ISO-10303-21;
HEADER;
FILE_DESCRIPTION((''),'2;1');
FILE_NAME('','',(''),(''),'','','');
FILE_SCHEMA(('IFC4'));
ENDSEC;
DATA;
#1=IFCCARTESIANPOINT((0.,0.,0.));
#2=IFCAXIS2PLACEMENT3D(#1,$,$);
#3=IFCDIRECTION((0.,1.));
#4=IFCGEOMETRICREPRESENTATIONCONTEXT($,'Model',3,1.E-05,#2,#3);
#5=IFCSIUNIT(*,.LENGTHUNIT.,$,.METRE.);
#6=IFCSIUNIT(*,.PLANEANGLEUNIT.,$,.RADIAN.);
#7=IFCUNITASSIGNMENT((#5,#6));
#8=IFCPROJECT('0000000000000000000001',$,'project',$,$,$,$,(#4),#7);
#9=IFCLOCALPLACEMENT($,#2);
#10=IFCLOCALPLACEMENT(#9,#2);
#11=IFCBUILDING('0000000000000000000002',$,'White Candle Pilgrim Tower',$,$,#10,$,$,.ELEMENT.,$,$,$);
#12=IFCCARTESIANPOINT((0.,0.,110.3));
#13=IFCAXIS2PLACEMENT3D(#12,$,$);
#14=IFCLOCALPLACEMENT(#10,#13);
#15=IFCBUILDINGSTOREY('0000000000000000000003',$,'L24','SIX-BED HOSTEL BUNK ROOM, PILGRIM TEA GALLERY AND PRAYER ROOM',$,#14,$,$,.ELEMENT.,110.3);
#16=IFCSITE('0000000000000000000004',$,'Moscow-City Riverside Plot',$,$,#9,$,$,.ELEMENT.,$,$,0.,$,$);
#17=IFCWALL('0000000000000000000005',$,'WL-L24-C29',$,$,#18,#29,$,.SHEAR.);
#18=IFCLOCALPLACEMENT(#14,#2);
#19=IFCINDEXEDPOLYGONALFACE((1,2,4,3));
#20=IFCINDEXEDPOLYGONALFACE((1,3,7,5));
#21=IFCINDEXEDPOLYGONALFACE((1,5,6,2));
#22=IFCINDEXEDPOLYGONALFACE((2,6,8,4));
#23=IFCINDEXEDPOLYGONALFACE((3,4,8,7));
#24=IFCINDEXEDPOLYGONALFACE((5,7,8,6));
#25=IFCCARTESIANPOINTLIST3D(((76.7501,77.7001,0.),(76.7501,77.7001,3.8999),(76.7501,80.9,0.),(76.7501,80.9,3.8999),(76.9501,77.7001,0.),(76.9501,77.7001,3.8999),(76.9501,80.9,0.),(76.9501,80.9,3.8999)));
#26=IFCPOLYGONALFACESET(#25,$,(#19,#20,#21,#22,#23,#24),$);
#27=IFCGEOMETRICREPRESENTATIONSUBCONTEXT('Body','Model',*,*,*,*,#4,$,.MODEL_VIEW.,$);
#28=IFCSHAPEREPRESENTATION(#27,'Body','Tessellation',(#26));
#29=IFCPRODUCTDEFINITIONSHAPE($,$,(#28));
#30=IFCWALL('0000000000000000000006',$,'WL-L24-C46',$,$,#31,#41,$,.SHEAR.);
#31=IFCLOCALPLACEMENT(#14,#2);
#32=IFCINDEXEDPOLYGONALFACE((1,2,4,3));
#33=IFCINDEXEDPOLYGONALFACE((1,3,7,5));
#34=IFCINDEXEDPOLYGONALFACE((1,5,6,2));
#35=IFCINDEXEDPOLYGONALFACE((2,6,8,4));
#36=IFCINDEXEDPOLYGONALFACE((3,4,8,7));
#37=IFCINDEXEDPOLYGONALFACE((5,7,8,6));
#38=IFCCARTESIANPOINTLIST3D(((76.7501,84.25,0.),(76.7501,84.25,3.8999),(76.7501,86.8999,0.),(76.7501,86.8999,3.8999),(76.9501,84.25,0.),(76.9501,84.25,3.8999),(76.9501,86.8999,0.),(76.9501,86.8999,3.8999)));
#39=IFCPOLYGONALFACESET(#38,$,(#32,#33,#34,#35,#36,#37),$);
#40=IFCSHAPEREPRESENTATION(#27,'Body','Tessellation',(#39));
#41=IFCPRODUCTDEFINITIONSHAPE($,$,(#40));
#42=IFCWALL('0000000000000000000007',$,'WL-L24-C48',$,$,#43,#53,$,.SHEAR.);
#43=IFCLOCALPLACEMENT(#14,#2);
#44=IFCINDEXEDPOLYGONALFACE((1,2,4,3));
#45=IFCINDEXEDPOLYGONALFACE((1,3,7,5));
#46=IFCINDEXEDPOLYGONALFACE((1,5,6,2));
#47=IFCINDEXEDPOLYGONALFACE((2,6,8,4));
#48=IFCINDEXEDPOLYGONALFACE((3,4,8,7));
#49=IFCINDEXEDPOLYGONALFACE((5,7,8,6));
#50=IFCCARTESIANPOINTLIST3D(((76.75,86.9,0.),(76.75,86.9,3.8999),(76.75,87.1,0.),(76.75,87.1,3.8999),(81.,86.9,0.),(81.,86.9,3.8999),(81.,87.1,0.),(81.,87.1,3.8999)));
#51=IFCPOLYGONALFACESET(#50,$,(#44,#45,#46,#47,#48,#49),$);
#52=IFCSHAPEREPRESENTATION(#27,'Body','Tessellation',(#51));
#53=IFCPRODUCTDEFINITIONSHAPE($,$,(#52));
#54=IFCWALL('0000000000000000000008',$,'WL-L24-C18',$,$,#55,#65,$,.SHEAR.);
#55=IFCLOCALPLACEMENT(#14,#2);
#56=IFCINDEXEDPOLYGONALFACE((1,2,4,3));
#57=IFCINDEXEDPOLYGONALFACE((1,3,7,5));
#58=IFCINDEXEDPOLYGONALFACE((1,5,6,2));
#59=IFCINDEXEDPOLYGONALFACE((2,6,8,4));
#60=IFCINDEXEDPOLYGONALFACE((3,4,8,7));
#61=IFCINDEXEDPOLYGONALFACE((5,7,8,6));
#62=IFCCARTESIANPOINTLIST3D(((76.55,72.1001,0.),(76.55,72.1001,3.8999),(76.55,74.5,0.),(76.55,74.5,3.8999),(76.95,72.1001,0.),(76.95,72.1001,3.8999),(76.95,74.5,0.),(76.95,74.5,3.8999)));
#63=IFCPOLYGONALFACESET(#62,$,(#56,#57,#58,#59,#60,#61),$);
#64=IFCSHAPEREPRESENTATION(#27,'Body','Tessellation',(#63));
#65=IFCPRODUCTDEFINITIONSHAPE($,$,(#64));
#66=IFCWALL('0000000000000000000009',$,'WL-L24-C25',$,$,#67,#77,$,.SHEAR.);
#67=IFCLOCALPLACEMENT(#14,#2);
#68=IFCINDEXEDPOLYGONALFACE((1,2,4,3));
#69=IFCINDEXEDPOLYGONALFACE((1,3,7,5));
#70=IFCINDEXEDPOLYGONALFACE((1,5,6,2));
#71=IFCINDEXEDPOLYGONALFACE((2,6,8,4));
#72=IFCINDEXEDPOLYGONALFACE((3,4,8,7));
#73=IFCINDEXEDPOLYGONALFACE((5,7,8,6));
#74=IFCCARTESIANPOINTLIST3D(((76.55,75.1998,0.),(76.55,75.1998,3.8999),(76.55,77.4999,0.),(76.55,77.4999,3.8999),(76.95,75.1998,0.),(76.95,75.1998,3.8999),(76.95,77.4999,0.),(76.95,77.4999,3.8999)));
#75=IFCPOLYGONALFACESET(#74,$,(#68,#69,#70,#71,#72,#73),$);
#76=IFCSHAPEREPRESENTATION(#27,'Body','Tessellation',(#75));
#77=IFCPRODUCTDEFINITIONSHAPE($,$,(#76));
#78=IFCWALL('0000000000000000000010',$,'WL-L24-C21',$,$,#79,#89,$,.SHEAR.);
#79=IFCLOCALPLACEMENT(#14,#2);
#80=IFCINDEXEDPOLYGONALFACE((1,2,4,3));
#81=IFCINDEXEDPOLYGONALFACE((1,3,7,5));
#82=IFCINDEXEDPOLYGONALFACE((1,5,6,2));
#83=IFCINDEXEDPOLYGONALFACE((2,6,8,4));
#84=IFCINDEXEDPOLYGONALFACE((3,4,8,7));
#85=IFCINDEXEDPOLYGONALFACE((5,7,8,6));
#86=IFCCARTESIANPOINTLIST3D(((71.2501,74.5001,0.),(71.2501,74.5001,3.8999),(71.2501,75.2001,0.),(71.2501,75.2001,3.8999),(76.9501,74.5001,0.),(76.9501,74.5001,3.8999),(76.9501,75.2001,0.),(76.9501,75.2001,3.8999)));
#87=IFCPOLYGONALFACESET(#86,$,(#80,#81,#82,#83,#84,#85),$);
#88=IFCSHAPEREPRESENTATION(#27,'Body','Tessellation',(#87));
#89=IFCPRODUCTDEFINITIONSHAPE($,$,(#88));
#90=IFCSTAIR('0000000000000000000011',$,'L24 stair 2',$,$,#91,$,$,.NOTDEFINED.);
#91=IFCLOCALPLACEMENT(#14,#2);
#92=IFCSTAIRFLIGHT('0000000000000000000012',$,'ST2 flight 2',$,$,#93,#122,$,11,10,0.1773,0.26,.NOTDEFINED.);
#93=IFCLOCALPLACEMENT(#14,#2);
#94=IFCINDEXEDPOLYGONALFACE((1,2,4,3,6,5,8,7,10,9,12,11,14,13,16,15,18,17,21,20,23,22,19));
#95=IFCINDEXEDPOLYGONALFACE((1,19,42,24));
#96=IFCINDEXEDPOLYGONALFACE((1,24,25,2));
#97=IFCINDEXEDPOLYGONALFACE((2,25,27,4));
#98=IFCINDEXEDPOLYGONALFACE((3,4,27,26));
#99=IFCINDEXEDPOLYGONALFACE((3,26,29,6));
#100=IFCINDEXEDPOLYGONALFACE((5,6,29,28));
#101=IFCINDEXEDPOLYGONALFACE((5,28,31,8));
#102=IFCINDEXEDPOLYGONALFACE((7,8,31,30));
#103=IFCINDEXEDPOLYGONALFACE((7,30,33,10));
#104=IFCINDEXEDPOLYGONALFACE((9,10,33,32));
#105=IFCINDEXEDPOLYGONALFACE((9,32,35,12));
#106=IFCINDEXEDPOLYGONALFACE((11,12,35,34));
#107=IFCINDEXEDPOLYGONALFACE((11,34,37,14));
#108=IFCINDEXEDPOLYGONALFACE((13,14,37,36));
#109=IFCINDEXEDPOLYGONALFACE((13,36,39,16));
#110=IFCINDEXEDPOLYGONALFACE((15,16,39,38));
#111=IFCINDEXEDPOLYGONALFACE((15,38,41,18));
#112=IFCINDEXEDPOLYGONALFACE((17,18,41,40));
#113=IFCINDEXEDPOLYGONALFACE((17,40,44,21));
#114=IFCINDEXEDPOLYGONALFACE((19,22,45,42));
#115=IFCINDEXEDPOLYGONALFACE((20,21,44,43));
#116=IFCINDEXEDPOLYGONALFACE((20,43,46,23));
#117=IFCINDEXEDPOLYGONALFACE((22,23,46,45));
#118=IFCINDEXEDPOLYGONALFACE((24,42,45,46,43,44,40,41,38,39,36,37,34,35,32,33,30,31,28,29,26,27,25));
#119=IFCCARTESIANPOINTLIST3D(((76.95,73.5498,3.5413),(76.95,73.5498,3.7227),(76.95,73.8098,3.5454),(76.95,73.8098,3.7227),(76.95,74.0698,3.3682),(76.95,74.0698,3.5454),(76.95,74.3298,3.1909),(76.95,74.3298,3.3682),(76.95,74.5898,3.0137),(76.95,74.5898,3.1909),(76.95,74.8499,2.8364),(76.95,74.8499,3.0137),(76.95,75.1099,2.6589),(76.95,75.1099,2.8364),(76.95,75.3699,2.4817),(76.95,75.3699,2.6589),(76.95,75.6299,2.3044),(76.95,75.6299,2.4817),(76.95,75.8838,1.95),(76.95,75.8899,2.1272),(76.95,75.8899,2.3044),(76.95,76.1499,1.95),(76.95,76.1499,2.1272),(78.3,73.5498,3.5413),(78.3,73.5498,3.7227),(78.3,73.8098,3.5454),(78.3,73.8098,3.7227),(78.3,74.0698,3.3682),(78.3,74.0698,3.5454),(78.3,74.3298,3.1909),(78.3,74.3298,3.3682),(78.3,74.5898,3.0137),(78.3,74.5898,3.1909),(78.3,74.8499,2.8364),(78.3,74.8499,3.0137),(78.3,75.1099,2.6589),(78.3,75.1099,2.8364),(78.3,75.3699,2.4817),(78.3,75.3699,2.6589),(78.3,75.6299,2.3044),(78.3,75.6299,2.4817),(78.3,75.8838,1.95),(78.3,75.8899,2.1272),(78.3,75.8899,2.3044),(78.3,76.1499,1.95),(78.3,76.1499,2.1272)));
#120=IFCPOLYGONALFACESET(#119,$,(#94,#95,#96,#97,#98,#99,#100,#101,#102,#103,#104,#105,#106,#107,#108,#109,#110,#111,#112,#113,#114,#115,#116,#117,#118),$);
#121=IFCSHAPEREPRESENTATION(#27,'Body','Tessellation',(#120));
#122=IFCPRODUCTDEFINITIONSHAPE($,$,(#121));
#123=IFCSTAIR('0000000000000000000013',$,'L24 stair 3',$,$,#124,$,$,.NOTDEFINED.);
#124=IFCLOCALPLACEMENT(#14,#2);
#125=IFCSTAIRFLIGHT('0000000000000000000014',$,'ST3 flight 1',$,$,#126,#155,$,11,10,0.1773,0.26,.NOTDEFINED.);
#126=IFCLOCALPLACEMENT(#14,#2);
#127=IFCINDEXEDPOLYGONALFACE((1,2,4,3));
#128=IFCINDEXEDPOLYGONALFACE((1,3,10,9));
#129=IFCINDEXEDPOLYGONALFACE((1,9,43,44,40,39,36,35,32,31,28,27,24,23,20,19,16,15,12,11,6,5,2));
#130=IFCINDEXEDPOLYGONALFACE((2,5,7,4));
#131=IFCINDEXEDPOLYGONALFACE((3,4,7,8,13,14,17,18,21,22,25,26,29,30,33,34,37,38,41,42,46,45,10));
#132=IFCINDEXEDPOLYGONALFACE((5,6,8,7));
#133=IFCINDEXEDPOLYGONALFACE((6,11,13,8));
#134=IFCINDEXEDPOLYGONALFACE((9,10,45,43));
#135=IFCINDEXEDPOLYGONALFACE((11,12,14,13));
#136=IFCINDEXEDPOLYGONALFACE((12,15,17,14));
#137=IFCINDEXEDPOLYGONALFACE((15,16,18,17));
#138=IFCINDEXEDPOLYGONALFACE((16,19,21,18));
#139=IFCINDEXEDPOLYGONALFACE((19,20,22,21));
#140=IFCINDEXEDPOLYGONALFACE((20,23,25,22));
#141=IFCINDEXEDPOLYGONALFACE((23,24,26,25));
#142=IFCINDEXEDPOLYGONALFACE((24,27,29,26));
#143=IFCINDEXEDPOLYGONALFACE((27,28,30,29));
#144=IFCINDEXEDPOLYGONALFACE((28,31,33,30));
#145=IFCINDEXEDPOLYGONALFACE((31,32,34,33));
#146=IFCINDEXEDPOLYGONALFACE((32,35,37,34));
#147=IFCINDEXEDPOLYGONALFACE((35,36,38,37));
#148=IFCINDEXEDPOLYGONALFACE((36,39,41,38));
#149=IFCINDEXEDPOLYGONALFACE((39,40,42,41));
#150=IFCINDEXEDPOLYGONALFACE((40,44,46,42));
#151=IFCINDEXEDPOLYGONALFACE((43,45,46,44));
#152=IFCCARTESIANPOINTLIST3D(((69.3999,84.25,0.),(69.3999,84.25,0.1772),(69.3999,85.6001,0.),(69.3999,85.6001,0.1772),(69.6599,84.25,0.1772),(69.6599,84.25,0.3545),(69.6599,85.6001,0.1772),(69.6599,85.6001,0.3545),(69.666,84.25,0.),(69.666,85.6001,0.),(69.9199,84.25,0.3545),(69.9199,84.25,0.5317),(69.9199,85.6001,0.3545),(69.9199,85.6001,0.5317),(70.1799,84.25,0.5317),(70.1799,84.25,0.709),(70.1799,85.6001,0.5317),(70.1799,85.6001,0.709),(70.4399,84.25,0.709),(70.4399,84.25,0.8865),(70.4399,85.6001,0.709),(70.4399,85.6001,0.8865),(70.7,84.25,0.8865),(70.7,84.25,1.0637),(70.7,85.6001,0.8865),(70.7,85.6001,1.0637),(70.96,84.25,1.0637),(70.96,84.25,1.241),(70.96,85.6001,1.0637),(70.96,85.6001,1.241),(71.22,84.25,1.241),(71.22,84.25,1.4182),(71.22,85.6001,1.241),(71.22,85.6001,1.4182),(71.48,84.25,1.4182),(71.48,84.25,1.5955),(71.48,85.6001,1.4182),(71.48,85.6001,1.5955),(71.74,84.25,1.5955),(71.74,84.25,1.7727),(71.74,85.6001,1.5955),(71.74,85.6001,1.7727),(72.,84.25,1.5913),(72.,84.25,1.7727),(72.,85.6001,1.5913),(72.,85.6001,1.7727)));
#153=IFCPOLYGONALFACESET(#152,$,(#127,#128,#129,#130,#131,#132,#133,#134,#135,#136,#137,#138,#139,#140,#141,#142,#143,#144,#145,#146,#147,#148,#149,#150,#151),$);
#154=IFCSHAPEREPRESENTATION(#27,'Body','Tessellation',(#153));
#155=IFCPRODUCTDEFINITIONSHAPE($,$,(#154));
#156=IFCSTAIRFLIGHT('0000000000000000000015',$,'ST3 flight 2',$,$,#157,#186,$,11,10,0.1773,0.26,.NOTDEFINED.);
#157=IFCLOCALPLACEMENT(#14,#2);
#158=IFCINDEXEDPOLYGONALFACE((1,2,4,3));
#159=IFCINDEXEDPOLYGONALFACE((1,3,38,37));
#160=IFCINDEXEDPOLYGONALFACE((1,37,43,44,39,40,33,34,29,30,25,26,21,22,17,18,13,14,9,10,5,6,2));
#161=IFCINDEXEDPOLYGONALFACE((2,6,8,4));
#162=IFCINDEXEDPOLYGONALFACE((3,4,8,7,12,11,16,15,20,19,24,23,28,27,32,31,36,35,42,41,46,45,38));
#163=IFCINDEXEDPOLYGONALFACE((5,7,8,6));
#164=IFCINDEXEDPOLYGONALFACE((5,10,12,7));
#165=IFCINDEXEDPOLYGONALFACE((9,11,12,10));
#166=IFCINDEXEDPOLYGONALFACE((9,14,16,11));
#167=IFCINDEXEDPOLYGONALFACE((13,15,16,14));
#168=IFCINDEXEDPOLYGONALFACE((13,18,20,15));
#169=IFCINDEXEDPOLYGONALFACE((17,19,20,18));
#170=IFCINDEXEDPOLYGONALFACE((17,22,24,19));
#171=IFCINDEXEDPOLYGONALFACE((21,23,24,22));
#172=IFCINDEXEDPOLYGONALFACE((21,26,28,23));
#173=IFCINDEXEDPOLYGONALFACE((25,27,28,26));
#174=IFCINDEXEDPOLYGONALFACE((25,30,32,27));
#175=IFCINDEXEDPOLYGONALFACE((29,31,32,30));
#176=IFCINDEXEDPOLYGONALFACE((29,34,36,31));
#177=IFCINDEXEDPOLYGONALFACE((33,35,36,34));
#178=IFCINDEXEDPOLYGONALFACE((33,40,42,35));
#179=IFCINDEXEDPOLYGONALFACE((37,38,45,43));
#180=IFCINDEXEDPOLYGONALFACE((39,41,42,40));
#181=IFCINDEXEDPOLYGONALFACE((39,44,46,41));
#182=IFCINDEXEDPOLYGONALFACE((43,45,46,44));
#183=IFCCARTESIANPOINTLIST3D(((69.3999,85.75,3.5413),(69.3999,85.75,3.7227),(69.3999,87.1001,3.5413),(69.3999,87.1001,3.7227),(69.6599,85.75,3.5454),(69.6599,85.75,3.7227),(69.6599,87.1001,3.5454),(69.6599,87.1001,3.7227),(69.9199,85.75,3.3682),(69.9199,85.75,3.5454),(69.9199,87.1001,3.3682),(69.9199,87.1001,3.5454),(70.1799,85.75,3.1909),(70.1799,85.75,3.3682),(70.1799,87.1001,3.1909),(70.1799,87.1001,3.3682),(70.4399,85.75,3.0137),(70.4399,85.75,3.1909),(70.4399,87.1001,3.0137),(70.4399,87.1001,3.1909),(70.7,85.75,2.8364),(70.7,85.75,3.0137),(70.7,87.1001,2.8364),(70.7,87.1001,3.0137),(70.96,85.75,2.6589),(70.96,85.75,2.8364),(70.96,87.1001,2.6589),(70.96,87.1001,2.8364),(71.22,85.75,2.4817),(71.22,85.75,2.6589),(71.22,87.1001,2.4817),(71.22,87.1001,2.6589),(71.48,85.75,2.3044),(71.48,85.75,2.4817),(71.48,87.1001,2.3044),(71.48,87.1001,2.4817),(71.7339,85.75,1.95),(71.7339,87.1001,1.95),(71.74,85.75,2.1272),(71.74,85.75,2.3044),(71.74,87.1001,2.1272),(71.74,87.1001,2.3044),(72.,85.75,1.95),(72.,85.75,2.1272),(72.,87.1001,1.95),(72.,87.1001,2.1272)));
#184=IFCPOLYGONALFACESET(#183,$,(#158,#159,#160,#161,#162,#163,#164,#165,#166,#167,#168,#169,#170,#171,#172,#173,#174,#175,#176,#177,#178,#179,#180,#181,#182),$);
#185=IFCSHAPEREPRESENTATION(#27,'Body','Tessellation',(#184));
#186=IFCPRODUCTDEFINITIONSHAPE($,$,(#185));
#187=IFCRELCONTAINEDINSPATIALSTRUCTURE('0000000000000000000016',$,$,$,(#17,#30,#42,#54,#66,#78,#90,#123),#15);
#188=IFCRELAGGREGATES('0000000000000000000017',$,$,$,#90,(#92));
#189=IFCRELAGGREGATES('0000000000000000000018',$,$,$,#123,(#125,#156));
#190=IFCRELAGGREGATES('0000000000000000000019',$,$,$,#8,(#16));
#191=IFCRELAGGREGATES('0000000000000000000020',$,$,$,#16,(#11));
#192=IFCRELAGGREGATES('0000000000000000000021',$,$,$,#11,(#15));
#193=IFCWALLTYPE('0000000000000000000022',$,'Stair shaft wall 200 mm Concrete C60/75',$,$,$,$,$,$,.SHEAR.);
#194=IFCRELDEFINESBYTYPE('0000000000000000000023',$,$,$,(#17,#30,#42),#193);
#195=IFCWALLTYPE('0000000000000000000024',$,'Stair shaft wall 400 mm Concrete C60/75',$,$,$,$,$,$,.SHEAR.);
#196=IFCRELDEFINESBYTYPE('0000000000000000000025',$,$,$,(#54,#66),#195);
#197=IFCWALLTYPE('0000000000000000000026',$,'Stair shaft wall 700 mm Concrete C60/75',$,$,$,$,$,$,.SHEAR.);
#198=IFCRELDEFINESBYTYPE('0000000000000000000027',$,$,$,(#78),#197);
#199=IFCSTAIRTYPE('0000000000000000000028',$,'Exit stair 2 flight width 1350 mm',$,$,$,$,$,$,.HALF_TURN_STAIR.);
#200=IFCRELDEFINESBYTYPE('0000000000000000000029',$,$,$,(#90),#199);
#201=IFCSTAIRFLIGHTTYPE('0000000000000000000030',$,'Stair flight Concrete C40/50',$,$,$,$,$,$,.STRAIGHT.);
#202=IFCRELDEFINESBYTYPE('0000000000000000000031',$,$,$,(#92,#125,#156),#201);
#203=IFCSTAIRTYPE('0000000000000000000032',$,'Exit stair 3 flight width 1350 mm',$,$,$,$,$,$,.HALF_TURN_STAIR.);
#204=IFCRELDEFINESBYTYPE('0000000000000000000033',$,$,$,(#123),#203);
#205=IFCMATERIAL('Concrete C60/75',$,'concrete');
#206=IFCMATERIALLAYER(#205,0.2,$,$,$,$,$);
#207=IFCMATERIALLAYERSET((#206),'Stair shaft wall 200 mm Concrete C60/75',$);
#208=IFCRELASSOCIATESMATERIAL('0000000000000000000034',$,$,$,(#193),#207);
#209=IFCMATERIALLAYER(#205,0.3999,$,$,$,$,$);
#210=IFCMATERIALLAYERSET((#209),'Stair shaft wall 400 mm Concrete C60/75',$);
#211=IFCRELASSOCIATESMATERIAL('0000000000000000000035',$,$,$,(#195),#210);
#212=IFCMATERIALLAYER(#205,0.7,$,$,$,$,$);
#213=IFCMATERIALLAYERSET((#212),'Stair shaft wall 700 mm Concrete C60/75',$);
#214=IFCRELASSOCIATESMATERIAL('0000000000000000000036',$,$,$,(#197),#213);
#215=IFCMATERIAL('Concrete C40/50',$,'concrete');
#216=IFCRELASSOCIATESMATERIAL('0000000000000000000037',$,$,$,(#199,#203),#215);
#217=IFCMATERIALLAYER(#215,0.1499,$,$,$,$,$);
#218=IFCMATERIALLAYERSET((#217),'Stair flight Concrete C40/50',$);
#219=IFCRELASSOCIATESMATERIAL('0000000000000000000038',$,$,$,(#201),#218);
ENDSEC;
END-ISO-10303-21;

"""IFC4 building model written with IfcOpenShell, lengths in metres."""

from ifc_helpers import new_model, si_unit, direction, frame, frame_2d, origin, place, context, subcontext, project, spatial, polyline, rectangle, outline, extrude, material, layer, layer_set, type_object, element, aggregate, save


model = new_model("IFC4")

# Units and contexts
model_context = context("Model", 3, precision=1e-05, world=origin(), true_north=direction((0.0, 1.0)))
body_context = subcontext(model_context, "Body", "Model", "MODEL_VIEW")
ifc_project = project(units=[si_unit("LENGTHUNIT", "METRE"), si_unit("PLANEANGLEUNIT", "RADIAN")], contexts=[model_context])

# Site, building, storey
site_placement = place(None, origin())
site = spatial("IfcSite", under=ifc_project, at=site_placement, Name="Moscow-City Riverside Plot", CompositionType="ELEMENT", RefElevation=0.0)
building_placement = place(site_placement, origin())
building = spatial("IfcBuilding", under=site, at=building_placement, Name="White Candle Pilgrim Tower", CompositionType="ELEMENT")
storey_placement = place(building_placement, frame((0.0, 0.0, 110.3)))
storey = spatial("IfcBuildingStorey", under=building, at=storey_placement, Name="L24", Description="SIX-BED HOSTEL BUNK ROOM, PILGRIM TEA GALLERY AND PRAYER ROOM", CompositionType="ELEMENT", Elevation=110.3)

# Shared definitions
ifc_material_1 = material(Name="Concrete C60/75", Category="concrete")

# Shared definitions
ifc_layer_1 = layer(ifc_material_1, 0.2)
ifc_layer_set_1 = layer_set([ifc_layer_1], Name="Stair shaft wall 200 mm Concrete C60/75")
wall_type_1 = type_object("IfcWallType", Name="Stair shaft wall 200 mm Concrete C60/75", PredefinedType="SHEAR", material=ifc_layer_set_1)

# Walls
wall_1_placement = place(storey_placement, frame((76.8501, 77.7, 0.0), z_axis=(0.0, 0.0, 1.0), x_axis=(0.0, 1.0, 0.0)))
element("IfcWall", 1, at=wall_1_placement, inside=storey, type_object=wall_type_1, Name="WL-L24-C29", PredefinedType="SHEAR", context=body_context, shape_type="SweptSolid", body=[
    extrude(rectangle(XDim=3.2, YDim=0.2, at=frame_2d((1.6001, 0.0))), origin(), (0.0, 0.0, 1.0), 3.8999),
])
wall_2_placement = place(storey_placement, frame((76.8501, 84.25, 0.0), z_axis=(0.0, 0.0, 1.0), x_axis=(0.0, 1.0, 0.0)))
element("IfcWall", 2, at=wall_2_placement, inside=storey, type_object=wall_type_1, Name="WL-L24-C46", PredefinedType="SHEAR", context=body_context, shape_type="SweptSolid", body=[
    extrude(rectangle(XDim=2.6499, YDim=0.2, at=frame_2d((1.325, 0.0))), origin(), (0.0, 0.0, 1.0), 3.8999),
])
wall_3_placement = place(storey_placement, frame((76.75, 87.0, 0.0), z_axis=(0.0, 0.0, 1.0), x_axis=(1.0, 0.0, 0.0)))
element("IfcWall", 3, at=wall_3_placement, inside=storey, type_object=wall_type_1, Name="WL-L24-C48", PredefinedType="SHEAR", context=body_context, shape_type="SweptSolid", body=[
    extrude(rectangle(XDim=4.25, YDim=0.2, at=frame_2d((2.125, 0.0))), origin(), (0.0, 0.0, 1.0), 3.8999),
])
ifc_layer_2 = layer(ifc_material_1, 0.3999)
ifc_layer_set_2 = layer_set([ifc_layer_2], Name="Stair shaft wall 400 mm Concrete C60/75")
wall_type_2 = type_object("IfcWallType", Name="Stair shaft wall 400 mm Concrete C60/75", PredefinedType="SHEAR", material=ifc_layer_set_2)
wall_4_placement = place(storey_placement, frame((76.75, 72.1001, 0.0), z_axis=(0.0, 0.0, 1.0), x_axis=(0.0, 1.0, 0.0)))
element("IfcWall", 4, at=wall_4_placement, inside=storey, type_object=wall_type_2, Name="WL-L24-C18", PredefinedType="SHEAR", context=body_context, shape_type="SweptSolid", body=[
    extrude(rectangle(XDim=2.3999, YDim=0.3999, at=frame_2d((1.2, 0.0))), origin(), (0.0, 0.0, 1.0), 3.8999),
])
wall_5_placement = place(storey_placement, frame((76.75, 75.2, 0.0), z_axis=(0.0, 0.0, 1.0), x_axis=(0.0, 1.0, 0.0)))
element("IfcWall", 5, at=wall_5_placement, inside=storey, type_object=wall_type_2, Name="WL-L24-C25", PredefinedType="SHEAR", context=body_context, shape_type="SweptSolid", body=[
    extrude(rectangle(XDim=2.3, YDim=0.3999, at=frame_2d((1.1499, 0.0))), origin(), (0.0, 0.0, 1.0), 3.8999),
])
ifc_layer_3 = layer(ifc_material_1, 0.7)
ifc_layer_set_3 = layer_set([ifc_layer_3], Name="Stair shaft wall 700 mm Concrete C60/75")
wall_type_3 = type_object("IfcWallType", Name="Stair shaft wall 700 mm Concrete C60/75", PredefinedType="SHEAR", material=ifc_layer_set_3)
wall_6_placement = place(storey_placement, frame((71.25, 74.8501, 0.0), z_axis=(0.0, 0.0, 1.0), x_axis=(1.0, 0.0, 0.0)))
element("IfcWall", 6, at=wall_6_placement, inside=storey, type_object=wall_type_3, Name="WL-L24-C21", PredefinedType="SHEAR", context=body_context, shape_type="SweptSolid", body=[
    extrude(rectangle(XDim=5.7, YDim=0.7, at=frame_2d((2.8501, 0.0))), origin(), (0.0, 0.0, 1.0), 3.8999),
])

# Stair, stair flight
ifc_material_2 = material(Name="Concrete C40/50", Category="concrete")
stair_type_1 = type_object("IfcStairType", Name="Exit stair 2 flight width 1350 mm", PredefinedType="HALF_TURN_STAIR", material=ifc_material_2)
stair_1_placement = place(storey_placement, origin())
stair_1 = element("IfcStair", 7, at=stair_1_placement, inside=storey, type_object=stair_type_1, Name="L24 stair 2", PredefinedType="NOTDEFINED")
ifc_layer_4 = layer(ifc_material_2, 0.1499)
ifc_layer_set_4 = layer_set([ifc_layer_4], Name="Stair flight Concrete C40/50")
stair_flight_type = type_object("IfcStairFlightType", Name="Stair flight Concrete C40/50", PredefinedType="STRAIGHT", material=ifc_layer_set_4)
stair_flight_1_placement = place(storey_placement, frame((77.625, 76.1499, 1.95), z_axis=(0.0, 0.0, 1.0), x_axis=(0.0, -1.0, 0.0)))
stair_flight_1 = element("IfcStairFlight", 8, at=stair_flight_1_placement, type_object=stair_flight_type, Name="ST2 flight 2", NumberOfRisers=11, NumberOfTreads=10, PredefinedType="NOTDEFINED", RiserHeight=0.1773, TreadLength=0.26, context=body_context, shape_type="SweptSolid", body=[
    extrude(outline(polyline([(0.0, 0.0), (0.0, 0.1772), (0.26, 0.1772), (0.26, 0.3545), (0.52, 0.3545), (0.52, 0.5317), (0.78, 0.5317), (0.78, 0.709), (1.04, 0.709), (1.04, 0.8865), (1.3, 0.8865), (1.3, 1.0637), (1.5601, 1.0637), (1.5601, 1.241), (1.8201, 1.241), (1.8201, 1.4182), (2.0801, 1.4182), (2.0801, 1.5955), (2.3401, 1.5955), (2.3401, 1.7727), (2.6001, 1.7727), (2.6001, 1.95), (2.6001, 1.5913), (0.2661, 0.0), (0.0, 0.0)])), frame((0.0, 0.675, 0.0), z_axis=(0.0, -1.0, 0.0), x_axis=(1.0, 0.0, 0.0)), (0.0, 0.0, 1.0), 1.3501),
])
aggregate(stair_1, [stair_flight_1])

# Stair, stair flights
stair_type_2 = type_object("IfcStairType", Name="Exit stair 3 flight width 1350 mm", PredefinedType="HALF_TURN_STAIR", material=ifc_material_2)
stair_2_placement = place(storey_placement, origin())
stair_2 = element("IfcStair", 9, at=stair_2_placement, inside=storey, type_object=stair_type_2, Name="L24 stair 3", PredefinedType="NOTDEFINED")
stair_flight_2_placement = place(storey_placement, frame((69.3999, 84.925, 0.0), z_axis=(0.0, 0.0, 1.0), x_axis=(1.0, 0.0, 0.0)))
stair_flight_2 = element("IfcStairFlight", 10, at=stair_flight_2_placement, type_object=stair_flight_type, Name="ST3 flight 1", NumberOfRisers=11, NumberOfTreads=10, PredefinedType="NOTDEFINED", RiserHeight=0.1773, TreadLength=0.26, context=body_context, shape_type="SweptSolid", body=[
    extrude(outline(polyline([(0.0, 0.0), (0.0, 0.1772), (0.26, 0.1772), (0.26, 0.3545), (0.52, 0.3545), (0.52, 0.5317), (0.78, 0.5317), (0.78, 0.709), (1.04, 0.709), (1.04, 0.8865), (1.3, 0.8865), (1.3, 1.0637), (1.5601, 1.0637), (1.5601, 1.241), (1.8201, 1.241), (1.8201, 1.4182), (2.0801, 1.4182), (2.0801, 1.5955), (2.3401, 1.5955), (2.3401, 1.7727), (2.6001, 1.7727), (2.6001, 1.95), (2.6001, 1.5913), (0.2661, 0.0), (0.0, 0.0)])), frame((0.0, 0.675, 0.0), z_axis=(0.0, -1.0, 0.0), x_axis=(1.0, 0.0, 0.0)), (0.0, 0.0, 1.0), 1.3501),
])
stair_flight_3_placement = place(storey_placement, frame((72.0, 86.425, 1.95), z_axis=(0.0, 0.0, 1.0), x_axis=(-1.0, 0.0, 0.0)))
stair_flight_3 = element("IfcStairFlight", 11, at=stair_flight_3_placement, type_object=stair_flight_type, Name="ST3 flight 2", NumberOfRisers=11, NumberOfTreads=10, PredefinedType="NOTDEFINED", RiserHeight=0.1773, TreadLength=0.26, context=body_context, shape_type="SweptSolid", body=[
    extrude(outline(polyline([(0.0, 0.0), (0.0, 0.1772), (0.26, 0.1772), (0.26, 0.3545), (0.52, 0.3545), (0.52, 0.5317), (0.78, 0.5317), (0.78, 0.709), (1.04, 0.709), (1.04, 0.8865), (1.3, 0.8865), (1.3, 1.0637), (1.5601, 1.0637), (1.5601, 1.241), (1.8201, 1.241), (1.8201, 1.4182), (2.0801, 1.4182), (2.0801, 1.5955), (2.3401, 1.5955), (2.3401, 1.7727), (2.6001, 1.7727), (2.6001, 1.95), (2.6001, 1.5913), (0.2661, 0.0), (0.0, 0.0)])), frame((0.0, 0.675, 0.0), z_axis=(0.0, -1.0, 0.0), x_axis=(1.0, 0.0, 0.0)), (0.0, 0.0, 1.0), 1.3501),
])
aggregate(stair_2, [stair_flight_2, stair_flight_3])

save(model, "model.ifc")
